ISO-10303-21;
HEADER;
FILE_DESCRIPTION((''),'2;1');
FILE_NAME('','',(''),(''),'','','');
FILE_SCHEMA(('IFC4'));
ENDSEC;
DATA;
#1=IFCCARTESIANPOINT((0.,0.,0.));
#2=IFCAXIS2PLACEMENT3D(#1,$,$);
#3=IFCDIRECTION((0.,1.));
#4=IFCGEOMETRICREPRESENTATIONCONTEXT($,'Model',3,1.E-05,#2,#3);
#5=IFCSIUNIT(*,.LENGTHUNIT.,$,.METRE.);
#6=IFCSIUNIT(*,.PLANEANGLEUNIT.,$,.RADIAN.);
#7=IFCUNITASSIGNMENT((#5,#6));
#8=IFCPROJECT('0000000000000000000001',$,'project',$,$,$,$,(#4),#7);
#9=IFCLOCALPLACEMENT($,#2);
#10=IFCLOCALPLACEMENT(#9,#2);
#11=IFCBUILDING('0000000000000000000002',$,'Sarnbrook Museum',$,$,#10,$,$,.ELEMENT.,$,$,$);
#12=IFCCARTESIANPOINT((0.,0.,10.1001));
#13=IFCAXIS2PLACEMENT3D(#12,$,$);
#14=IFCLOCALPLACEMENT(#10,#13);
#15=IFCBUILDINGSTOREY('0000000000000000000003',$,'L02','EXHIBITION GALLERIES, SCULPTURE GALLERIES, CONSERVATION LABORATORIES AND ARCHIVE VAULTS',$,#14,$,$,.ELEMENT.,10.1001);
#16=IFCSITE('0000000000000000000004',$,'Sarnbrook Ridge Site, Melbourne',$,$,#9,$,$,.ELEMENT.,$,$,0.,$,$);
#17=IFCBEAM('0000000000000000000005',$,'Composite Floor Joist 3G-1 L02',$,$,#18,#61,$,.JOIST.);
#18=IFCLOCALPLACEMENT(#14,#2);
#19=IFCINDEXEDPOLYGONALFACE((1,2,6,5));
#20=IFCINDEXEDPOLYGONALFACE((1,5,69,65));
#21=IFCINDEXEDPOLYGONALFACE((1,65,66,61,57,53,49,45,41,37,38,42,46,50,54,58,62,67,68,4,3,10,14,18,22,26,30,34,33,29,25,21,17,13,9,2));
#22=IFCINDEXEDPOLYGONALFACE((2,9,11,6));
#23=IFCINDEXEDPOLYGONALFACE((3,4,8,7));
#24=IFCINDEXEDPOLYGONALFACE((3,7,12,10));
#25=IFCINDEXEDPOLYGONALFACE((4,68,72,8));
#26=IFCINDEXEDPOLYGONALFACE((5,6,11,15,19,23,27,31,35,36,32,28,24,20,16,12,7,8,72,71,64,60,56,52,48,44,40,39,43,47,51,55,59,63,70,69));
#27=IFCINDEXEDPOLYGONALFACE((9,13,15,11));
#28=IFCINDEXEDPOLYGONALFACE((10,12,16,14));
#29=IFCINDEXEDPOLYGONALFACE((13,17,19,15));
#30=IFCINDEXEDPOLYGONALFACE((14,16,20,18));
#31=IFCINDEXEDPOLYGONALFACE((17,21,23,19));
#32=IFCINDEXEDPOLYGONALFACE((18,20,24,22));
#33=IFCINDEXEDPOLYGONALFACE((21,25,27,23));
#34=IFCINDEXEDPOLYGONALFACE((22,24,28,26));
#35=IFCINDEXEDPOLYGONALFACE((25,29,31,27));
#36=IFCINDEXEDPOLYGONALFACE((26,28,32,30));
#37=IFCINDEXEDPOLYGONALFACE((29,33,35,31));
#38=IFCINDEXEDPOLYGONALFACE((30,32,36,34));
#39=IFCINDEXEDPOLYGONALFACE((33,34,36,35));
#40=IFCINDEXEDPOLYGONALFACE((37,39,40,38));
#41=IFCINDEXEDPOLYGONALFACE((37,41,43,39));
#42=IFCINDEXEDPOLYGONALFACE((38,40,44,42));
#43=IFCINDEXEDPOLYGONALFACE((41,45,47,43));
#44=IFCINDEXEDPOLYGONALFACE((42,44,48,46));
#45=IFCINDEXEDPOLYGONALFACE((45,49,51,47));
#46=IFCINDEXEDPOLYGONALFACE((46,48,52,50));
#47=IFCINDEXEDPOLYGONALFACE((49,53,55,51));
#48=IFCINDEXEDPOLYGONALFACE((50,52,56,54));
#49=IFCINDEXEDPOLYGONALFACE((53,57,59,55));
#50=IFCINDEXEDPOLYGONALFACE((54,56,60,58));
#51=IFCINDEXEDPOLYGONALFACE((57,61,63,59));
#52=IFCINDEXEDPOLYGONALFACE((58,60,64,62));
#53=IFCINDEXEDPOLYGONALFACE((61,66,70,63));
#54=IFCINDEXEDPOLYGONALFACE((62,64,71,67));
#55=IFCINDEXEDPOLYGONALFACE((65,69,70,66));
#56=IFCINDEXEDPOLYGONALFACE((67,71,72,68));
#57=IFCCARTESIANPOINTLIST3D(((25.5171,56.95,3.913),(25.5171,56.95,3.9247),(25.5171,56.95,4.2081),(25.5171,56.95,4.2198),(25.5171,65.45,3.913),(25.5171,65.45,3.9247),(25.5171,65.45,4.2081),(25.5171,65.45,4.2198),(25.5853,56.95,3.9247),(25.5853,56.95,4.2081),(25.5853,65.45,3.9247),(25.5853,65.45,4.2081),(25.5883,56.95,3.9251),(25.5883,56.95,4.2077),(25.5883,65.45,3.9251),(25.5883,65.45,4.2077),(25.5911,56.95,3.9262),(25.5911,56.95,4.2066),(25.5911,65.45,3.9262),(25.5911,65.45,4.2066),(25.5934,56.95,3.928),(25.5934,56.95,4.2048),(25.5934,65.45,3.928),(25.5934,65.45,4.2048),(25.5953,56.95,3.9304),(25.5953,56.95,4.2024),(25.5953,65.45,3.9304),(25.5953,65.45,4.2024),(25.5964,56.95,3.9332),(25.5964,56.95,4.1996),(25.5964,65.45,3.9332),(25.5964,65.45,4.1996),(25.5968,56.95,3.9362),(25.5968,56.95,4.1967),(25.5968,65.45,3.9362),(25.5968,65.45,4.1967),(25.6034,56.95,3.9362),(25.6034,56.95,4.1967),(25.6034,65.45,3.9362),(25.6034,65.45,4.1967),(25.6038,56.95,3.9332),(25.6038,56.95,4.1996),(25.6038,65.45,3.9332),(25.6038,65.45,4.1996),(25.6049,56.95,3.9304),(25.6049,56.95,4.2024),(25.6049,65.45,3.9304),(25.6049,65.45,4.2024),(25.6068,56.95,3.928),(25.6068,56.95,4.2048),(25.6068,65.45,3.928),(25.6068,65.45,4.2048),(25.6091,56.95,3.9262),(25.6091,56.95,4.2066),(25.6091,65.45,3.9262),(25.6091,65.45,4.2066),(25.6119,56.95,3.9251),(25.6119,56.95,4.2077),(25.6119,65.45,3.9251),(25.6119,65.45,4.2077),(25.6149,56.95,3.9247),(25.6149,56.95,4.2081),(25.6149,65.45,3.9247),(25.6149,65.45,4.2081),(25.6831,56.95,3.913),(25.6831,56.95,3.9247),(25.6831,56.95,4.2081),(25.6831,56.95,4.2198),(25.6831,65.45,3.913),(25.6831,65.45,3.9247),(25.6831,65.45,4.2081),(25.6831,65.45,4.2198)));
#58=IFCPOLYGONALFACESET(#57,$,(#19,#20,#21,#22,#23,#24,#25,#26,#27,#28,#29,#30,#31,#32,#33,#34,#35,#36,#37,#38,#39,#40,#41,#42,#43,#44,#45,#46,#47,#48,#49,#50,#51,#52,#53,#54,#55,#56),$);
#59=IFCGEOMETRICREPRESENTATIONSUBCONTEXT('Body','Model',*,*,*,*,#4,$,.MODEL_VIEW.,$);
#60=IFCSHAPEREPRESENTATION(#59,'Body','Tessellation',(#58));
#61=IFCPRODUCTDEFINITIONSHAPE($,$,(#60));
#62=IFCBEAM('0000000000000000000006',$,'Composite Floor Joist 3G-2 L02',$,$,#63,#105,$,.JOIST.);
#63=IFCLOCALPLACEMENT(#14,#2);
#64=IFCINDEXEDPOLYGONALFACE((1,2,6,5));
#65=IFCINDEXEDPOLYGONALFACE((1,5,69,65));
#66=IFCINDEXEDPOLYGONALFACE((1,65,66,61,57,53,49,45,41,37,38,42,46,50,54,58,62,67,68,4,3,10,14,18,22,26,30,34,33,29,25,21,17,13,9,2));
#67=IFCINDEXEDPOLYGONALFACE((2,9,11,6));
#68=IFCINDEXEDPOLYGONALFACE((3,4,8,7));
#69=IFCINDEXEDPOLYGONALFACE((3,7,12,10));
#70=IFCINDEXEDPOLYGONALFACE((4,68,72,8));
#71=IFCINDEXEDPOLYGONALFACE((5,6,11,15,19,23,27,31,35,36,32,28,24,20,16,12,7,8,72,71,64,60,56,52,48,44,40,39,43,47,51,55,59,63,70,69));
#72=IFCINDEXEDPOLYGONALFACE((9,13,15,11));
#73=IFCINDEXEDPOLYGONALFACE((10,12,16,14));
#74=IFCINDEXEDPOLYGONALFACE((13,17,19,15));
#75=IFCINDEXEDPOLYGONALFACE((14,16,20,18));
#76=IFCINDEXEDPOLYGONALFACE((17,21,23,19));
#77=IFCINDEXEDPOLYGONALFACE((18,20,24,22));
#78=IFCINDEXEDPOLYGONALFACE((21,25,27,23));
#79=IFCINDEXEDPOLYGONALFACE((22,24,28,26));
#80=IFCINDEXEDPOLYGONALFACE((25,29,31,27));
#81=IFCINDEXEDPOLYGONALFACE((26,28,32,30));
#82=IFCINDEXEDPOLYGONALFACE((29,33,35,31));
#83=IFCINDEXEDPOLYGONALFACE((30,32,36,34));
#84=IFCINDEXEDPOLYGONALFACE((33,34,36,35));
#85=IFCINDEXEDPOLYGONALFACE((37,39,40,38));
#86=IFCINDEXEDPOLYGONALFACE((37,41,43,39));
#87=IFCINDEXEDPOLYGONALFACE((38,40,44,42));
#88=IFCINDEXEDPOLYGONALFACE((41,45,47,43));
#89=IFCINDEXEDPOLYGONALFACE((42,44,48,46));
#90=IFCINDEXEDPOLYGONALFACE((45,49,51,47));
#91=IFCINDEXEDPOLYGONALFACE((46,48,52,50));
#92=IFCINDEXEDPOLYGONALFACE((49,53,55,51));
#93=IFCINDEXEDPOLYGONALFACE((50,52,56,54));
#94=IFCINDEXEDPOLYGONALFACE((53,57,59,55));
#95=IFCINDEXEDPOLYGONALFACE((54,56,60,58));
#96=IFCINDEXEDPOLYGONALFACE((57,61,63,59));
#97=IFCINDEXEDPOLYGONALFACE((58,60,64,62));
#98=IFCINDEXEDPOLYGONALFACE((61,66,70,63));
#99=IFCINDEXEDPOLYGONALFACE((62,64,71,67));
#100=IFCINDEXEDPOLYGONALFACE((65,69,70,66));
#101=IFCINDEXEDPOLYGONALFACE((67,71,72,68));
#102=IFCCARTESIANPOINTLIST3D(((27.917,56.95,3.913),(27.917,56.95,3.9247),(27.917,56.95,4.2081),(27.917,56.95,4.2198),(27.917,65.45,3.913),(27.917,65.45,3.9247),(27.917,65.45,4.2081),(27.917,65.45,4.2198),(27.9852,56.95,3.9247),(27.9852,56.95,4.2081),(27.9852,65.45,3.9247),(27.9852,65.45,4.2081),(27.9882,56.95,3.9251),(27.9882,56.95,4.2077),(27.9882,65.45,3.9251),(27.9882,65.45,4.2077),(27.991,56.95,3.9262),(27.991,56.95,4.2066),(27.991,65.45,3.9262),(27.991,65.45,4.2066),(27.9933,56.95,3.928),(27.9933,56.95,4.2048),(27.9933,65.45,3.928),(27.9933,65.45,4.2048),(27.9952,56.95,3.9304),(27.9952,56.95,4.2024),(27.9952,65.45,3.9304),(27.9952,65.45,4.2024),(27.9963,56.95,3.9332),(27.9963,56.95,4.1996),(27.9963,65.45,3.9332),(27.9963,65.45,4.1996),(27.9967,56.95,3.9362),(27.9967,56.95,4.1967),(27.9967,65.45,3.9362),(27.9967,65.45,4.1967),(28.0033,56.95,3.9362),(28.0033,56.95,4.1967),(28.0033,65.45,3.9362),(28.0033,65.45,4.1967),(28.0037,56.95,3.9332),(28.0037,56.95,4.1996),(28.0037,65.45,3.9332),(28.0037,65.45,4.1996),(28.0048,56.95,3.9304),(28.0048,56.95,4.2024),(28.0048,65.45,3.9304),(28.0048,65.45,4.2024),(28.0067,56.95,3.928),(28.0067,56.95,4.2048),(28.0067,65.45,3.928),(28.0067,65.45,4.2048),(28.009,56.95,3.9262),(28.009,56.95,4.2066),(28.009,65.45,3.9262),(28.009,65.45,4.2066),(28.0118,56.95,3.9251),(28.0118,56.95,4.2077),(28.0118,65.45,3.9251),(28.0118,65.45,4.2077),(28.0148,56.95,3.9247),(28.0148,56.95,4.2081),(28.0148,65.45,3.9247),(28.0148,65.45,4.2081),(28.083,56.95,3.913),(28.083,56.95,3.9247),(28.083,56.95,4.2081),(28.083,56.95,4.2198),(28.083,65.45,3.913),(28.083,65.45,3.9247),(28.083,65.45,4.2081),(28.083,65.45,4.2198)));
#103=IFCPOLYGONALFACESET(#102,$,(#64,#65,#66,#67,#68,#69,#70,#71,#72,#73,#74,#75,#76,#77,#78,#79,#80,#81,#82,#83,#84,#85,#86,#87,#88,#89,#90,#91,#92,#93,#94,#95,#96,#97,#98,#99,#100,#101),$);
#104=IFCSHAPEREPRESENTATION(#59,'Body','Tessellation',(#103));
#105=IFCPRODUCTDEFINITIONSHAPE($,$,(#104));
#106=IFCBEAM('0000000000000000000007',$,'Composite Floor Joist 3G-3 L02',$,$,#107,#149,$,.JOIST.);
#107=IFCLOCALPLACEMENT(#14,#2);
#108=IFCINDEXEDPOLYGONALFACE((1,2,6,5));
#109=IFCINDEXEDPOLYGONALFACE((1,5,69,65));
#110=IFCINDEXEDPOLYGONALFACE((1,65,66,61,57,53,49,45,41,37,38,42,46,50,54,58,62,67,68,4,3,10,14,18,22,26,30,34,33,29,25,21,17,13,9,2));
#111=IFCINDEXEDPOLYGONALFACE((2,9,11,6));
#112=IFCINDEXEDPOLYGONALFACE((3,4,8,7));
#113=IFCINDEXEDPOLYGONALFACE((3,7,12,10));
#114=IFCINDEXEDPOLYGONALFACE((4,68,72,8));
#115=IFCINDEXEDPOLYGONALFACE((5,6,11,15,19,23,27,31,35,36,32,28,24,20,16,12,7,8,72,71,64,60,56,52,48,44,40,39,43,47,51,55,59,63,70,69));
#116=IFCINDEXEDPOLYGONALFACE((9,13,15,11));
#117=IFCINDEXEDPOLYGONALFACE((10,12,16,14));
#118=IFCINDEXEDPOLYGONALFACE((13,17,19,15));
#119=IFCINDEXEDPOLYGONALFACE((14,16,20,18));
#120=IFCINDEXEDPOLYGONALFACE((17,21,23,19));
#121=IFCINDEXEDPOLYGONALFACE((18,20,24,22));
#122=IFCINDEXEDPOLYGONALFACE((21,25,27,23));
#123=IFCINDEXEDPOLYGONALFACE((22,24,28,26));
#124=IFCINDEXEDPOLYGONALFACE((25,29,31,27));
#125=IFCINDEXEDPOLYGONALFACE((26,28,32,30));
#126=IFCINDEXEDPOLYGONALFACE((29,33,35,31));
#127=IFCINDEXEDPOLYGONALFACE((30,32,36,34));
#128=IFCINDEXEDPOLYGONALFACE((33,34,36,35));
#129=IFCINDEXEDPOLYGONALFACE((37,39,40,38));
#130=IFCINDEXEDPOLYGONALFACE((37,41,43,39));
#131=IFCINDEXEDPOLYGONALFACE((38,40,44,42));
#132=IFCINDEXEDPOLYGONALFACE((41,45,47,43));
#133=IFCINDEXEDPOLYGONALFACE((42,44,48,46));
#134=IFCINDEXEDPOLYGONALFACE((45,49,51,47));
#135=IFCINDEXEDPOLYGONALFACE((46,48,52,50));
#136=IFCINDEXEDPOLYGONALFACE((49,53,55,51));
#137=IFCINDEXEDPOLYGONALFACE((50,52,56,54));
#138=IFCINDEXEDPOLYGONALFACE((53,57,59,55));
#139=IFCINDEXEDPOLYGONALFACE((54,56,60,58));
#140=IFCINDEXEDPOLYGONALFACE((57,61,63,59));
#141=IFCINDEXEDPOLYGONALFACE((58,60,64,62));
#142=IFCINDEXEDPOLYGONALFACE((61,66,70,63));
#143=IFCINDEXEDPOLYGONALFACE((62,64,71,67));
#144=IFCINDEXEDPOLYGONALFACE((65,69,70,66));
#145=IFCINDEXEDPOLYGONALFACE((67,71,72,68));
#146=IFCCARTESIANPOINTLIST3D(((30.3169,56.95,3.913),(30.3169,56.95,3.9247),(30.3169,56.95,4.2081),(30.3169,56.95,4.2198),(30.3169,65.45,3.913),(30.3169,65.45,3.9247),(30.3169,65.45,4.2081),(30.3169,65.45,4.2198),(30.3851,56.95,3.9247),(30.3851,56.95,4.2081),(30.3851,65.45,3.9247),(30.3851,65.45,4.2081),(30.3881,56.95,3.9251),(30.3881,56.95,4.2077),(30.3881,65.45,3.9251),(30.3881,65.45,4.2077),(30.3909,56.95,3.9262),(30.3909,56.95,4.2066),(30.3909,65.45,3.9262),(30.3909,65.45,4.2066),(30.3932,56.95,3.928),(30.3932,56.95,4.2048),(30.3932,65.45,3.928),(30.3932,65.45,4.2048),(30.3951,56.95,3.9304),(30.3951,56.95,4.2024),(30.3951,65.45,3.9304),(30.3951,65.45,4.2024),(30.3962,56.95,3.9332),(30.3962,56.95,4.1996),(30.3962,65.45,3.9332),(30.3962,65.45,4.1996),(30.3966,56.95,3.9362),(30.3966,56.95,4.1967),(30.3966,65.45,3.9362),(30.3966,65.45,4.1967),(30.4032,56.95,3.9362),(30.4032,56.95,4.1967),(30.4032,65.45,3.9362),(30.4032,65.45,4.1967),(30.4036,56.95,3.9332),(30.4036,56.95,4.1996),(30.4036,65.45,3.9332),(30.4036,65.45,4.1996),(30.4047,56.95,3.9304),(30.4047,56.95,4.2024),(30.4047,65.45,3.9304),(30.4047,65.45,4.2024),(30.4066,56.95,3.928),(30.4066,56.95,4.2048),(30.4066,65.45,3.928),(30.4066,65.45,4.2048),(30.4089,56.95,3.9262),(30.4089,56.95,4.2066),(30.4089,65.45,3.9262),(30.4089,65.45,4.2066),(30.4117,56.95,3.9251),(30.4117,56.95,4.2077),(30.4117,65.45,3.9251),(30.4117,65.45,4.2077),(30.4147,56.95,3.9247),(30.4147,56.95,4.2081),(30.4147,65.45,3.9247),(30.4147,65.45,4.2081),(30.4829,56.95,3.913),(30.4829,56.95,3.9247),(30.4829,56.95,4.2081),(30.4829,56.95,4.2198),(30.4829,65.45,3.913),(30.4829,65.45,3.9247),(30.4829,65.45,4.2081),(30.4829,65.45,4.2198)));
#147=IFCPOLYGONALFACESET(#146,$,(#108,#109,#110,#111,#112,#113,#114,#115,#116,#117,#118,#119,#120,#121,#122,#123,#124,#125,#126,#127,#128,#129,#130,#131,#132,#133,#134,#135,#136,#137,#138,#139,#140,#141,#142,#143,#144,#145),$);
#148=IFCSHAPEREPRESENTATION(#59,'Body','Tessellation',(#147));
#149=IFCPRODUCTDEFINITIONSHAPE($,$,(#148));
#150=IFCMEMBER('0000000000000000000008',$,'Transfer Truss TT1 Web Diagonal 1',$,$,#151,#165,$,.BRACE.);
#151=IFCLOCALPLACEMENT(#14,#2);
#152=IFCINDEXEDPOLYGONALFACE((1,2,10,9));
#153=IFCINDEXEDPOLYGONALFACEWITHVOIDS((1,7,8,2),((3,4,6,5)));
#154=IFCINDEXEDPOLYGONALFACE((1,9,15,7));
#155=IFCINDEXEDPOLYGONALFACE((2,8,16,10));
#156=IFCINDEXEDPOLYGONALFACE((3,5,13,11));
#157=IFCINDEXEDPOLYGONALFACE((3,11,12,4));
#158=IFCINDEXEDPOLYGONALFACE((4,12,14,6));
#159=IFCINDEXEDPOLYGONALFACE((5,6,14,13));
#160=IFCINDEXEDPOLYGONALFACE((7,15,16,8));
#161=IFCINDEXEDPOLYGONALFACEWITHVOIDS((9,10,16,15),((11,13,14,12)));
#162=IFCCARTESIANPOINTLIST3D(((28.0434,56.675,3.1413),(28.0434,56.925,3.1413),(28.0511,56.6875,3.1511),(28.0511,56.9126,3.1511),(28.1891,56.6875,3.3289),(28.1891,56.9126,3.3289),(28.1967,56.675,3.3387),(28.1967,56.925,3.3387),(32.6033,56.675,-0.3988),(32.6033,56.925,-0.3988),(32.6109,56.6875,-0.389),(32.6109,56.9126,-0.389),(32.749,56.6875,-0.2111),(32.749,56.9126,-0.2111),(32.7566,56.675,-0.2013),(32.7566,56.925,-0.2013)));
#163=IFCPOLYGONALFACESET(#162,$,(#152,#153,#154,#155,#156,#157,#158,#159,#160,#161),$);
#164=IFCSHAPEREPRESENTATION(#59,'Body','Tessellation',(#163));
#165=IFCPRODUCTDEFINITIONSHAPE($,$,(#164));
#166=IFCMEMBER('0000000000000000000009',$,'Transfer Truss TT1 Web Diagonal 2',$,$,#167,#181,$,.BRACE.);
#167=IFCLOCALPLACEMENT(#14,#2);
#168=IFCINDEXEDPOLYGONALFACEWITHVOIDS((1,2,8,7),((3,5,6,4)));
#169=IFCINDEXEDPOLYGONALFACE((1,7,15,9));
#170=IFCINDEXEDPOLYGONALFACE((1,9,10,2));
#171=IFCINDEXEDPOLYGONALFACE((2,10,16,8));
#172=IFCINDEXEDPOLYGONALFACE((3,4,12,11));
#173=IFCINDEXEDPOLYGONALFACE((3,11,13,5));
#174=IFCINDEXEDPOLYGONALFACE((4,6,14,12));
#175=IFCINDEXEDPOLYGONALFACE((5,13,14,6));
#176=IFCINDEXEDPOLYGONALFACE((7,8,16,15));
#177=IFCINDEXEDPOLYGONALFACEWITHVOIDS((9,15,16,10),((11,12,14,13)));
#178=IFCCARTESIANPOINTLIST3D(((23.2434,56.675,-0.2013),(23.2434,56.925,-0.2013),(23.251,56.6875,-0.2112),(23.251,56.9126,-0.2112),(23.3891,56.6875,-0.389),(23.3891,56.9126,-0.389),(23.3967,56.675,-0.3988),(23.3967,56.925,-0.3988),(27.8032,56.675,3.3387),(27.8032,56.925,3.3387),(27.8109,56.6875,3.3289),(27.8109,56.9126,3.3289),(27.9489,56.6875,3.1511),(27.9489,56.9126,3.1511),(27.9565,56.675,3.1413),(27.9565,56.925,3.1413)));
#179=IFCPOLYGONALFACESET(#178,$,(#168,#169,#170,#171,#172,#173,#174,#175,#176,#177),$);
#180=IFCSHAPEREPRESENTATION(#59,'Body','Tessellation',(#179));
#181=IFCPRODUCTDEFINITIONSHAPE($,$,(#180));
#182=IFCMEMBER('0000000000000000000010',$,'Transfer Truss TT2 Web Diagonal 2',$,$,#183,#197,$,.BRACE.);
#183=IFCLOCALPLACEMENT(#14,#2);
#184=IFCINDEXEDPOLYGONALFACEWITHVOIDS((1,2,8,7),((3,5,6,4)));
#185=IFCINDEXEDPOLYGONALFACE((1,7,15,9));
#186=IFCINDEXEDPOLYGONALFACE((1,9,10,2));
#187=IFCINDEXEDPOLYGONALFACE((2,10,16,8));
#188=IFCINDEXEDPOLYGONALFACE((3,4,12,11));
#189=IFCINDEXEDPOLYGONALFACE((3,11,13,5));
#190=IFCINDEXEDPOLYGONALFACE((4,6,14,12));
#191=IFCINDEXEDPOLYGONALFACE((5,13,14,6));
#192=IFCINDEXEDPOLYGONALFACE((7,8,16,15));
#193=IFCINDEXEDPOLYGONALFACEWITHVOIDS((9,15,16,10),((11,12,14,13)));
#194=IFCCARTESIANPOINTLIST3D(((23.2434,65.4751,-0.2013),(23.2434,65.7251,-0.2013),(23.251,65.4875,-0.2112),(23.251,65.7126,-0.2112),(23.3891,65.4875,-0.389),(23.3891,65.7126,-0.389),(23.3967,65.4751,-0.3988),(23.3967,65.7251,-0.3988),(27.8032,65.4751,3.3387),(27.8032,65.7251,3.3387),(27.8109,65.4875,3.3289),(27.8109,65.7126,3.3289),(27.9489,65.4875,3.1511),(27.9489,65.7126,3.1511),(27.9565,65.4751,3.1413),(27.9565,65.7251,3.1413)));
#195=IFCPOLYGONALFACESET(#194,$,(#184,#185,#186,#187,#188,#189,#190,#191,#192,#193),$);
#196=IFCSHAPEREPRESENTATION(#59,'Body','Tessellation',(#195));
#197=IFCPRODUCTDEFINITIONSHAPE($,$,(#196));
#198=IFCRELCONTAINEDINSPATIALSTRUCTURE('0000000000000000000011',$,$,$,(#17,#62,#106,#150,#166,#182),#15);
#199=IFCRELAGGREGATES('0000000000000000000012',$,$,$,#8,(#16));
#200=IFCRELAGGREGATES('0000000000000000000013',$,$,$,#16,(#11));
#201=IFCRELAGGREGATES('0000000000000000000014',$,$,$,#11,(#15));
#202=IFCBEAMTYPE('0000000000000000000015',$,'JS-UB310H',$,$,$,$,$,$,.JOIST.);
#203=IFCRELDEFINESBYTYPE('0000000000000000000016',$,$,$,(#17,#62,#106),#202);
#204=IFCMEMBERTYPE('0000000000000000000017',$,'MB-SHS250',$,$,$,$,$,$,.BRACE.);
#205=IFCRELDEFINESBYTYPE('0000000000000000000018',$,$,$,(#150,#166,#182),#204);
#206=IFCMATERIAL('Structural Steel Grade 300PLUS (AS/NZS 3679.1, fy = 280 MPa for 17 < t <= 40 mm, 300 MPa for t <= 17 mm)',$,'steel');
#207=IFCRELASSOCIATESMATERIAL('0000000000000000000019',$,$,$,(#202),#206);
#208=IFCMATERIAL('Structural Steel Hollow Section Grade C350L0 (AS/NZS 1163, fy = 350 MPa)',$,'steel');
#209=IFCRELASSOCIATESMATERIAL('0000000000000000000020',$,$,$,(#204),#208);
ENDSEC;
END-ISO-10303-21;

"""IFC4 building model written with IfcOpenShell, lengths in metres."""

from ifc_helpers import new_model, si_unit, direction, frame, origin, origin_2d, place, context, subcontext, project, spatial, hollow_rectangle, i_section, extrude, material, material_profile, profile_set, type_object, element, save


model = new_model("IFC4")

# Units and contexts
model_context = context("Model", 3, precision=1e-05, world=origin(), true_north=direction((0.0, 1.0)))
body_context = subcontext(model_context, "Body", "Model", "MODEL_VIEW")
ifc_project = project(units=[si_unit("LENGTHUNIT", "METRE"), si_unit("PLANEANGLEUNIT", "RADIAN")], contexts=[model_context])

# Site, building, storey
site_placement = place(None, origin())
site = spatial("IfcSite", under=ifc_project, at=site_placement, Name="Sarnbrook Ridge Site, Melbourne", CompositionType="ELEMENT", RefElevation=0.0)
building_placement = place(site_placement, origin())
building = spatial("IfcBuilding", under=site, at=building_placement, Name="Sarnbrook Museum", CompositionType="ELEMENT")
storey_placement = place(building_placement, frame((0.0, 0.0, 10.1001)))
storey = spatial("IfcBuildingStorey", under=building, at=storey_placement, Name="L02", Description="EXHIBITION GALLERIES, SCULPTURE GALLERIES, CONSERVATION LABORATORIES AND ARCHIVE VAULTS", CompositionType="ELEMENT", Elevation=10.1001)

# Shared definitions
ifc_material_1 = material(Name="Structural Steel Hollow Section Grade C350L0 (AS/NZS 1163, fy = 350 MPa)", Category="steel")

# Beams
ifc_material_2 = material(Name="Structural Steel Grade 300PLUS (AS/NZS 3679.1, fy = 280 MPa for 17 < t <= 40 mm, 300 MPa for t <= 17 mm)", Category="steel")
ifc_material_profile_1 = material_profile(ifc_material_2, i_section(OverallWidth=0.166, OverallDepth=0.3069, WebThickness=0.0066, FlangeThickness=0.0117, FilletRadius=0.0115, at=origin_2d()), Name="310UB46.2")
ifc_profile_set_1 = profile_set([ifc_material_profile_1], Name="Structural Steel Grade 300PLUS (AS/NZS 3679.1, fy = 280 MPa for 17 < t <= 40 mm, 300 MPa for t <= 17 mm)")
beam_type_1 = type_object("IfcBeamType", Name="JS-UB310H", PredefinedType="JOIST", material=ifc_profile_set_1)
for number, where, z_axis, x_axis, name in (
    (1, (25.6001, 56.95, 4.0664), (0.0, 1.0, 0.0), (-1.0, 0.0, 0.0), "Composite Floor Joist 3G-1 L02"),
    (2, (28.0, 56.95, 4.0664), (0.0, 1.0, 0.0), (-1.0, 0.0, 0.0), "Composite Floor Joist 3G-2 L02"),
    (3, (30.3999, 56.95, 4.0664), (0.0, 1.0, 0.0), (-1.0, 0.0, 0.0), "Composite Floor Joist 3G-3 L02"),
):
    element("IfcBeam", number, at=place(storey_placement, frame(where, z_axis=z_axis, x_axis=x_axis)), inside=storey, type_object=beam_type_1, Name=name, PredefinedType="JOIST", context=body_context, shape_type="SweptSolid", body=[
        extrude(i_section(OverallWidth=0.166, OverallDepth=0.3069, WebThickness=0.0066, FlangeThickness=0.0117, FilletRadius=0.0115, at=origin_2d()), origin(), (0.0, 0.0, 1.0), 8.5),
    ])

# Members
ifc_material_profile_2 = material_profile(ifc_material_1, hollow_rectangle(XDim=0.25, YDim=0.25, WallThickness=0.0125, at=origin_2d()), Name="250x250x12.5SHS")
ifc_profile_set_2 = profile_set([ifc_material_profile_2], Name="Structural Steel Hollow Section Grade C350L0 (AS/NZS 1163, fy = 350 MPa)")
member_type_1 = type_object("IfcMemberType", Name="MB-SHS250", PredefinedType="BRACE", material=ifc_profile_set_2)
for number, where, z_axis, x_axis, name in (
    (4, (32.6799, 56.8, -0.3), (-0.789896, 0.0, 0.613241), (0.0, -1.0, 0.0), "Transfer Truss TT1 Web Diagonal 1"),
    (5, (27.8799, 56.8, 3.24), (-0.789896, 0.0, -0.613241), (0.0, -1.0, 0.0), "Transfer Truss TT1 Web Diagonal 2"),
    (6, (27.8799, 65.6001, 3.24), (-0.789896, 0.0, -0.613241), (0.0, -1.0, 0.0), "Transfer Truss TT2 Web Diagonal 2"),
):
    element("IfcMember", number, at=place(storey_placement, frame(where, z_axis=z_axis, x_axis=x_axis)), inside=storey, type_object=member_type_1, Name=name, PredefinedType="BRACE", context=body_context, shape_type="SweptSolid", body=[
        extrude(hollow_rectangle(XDim=0.25, YDim=0.25, WallThickness=0.0125, at=origin_2d()), origin(), (0.0, 0.0, 1.0), 5.7727),
    ])

save(model, "model.ifc")
